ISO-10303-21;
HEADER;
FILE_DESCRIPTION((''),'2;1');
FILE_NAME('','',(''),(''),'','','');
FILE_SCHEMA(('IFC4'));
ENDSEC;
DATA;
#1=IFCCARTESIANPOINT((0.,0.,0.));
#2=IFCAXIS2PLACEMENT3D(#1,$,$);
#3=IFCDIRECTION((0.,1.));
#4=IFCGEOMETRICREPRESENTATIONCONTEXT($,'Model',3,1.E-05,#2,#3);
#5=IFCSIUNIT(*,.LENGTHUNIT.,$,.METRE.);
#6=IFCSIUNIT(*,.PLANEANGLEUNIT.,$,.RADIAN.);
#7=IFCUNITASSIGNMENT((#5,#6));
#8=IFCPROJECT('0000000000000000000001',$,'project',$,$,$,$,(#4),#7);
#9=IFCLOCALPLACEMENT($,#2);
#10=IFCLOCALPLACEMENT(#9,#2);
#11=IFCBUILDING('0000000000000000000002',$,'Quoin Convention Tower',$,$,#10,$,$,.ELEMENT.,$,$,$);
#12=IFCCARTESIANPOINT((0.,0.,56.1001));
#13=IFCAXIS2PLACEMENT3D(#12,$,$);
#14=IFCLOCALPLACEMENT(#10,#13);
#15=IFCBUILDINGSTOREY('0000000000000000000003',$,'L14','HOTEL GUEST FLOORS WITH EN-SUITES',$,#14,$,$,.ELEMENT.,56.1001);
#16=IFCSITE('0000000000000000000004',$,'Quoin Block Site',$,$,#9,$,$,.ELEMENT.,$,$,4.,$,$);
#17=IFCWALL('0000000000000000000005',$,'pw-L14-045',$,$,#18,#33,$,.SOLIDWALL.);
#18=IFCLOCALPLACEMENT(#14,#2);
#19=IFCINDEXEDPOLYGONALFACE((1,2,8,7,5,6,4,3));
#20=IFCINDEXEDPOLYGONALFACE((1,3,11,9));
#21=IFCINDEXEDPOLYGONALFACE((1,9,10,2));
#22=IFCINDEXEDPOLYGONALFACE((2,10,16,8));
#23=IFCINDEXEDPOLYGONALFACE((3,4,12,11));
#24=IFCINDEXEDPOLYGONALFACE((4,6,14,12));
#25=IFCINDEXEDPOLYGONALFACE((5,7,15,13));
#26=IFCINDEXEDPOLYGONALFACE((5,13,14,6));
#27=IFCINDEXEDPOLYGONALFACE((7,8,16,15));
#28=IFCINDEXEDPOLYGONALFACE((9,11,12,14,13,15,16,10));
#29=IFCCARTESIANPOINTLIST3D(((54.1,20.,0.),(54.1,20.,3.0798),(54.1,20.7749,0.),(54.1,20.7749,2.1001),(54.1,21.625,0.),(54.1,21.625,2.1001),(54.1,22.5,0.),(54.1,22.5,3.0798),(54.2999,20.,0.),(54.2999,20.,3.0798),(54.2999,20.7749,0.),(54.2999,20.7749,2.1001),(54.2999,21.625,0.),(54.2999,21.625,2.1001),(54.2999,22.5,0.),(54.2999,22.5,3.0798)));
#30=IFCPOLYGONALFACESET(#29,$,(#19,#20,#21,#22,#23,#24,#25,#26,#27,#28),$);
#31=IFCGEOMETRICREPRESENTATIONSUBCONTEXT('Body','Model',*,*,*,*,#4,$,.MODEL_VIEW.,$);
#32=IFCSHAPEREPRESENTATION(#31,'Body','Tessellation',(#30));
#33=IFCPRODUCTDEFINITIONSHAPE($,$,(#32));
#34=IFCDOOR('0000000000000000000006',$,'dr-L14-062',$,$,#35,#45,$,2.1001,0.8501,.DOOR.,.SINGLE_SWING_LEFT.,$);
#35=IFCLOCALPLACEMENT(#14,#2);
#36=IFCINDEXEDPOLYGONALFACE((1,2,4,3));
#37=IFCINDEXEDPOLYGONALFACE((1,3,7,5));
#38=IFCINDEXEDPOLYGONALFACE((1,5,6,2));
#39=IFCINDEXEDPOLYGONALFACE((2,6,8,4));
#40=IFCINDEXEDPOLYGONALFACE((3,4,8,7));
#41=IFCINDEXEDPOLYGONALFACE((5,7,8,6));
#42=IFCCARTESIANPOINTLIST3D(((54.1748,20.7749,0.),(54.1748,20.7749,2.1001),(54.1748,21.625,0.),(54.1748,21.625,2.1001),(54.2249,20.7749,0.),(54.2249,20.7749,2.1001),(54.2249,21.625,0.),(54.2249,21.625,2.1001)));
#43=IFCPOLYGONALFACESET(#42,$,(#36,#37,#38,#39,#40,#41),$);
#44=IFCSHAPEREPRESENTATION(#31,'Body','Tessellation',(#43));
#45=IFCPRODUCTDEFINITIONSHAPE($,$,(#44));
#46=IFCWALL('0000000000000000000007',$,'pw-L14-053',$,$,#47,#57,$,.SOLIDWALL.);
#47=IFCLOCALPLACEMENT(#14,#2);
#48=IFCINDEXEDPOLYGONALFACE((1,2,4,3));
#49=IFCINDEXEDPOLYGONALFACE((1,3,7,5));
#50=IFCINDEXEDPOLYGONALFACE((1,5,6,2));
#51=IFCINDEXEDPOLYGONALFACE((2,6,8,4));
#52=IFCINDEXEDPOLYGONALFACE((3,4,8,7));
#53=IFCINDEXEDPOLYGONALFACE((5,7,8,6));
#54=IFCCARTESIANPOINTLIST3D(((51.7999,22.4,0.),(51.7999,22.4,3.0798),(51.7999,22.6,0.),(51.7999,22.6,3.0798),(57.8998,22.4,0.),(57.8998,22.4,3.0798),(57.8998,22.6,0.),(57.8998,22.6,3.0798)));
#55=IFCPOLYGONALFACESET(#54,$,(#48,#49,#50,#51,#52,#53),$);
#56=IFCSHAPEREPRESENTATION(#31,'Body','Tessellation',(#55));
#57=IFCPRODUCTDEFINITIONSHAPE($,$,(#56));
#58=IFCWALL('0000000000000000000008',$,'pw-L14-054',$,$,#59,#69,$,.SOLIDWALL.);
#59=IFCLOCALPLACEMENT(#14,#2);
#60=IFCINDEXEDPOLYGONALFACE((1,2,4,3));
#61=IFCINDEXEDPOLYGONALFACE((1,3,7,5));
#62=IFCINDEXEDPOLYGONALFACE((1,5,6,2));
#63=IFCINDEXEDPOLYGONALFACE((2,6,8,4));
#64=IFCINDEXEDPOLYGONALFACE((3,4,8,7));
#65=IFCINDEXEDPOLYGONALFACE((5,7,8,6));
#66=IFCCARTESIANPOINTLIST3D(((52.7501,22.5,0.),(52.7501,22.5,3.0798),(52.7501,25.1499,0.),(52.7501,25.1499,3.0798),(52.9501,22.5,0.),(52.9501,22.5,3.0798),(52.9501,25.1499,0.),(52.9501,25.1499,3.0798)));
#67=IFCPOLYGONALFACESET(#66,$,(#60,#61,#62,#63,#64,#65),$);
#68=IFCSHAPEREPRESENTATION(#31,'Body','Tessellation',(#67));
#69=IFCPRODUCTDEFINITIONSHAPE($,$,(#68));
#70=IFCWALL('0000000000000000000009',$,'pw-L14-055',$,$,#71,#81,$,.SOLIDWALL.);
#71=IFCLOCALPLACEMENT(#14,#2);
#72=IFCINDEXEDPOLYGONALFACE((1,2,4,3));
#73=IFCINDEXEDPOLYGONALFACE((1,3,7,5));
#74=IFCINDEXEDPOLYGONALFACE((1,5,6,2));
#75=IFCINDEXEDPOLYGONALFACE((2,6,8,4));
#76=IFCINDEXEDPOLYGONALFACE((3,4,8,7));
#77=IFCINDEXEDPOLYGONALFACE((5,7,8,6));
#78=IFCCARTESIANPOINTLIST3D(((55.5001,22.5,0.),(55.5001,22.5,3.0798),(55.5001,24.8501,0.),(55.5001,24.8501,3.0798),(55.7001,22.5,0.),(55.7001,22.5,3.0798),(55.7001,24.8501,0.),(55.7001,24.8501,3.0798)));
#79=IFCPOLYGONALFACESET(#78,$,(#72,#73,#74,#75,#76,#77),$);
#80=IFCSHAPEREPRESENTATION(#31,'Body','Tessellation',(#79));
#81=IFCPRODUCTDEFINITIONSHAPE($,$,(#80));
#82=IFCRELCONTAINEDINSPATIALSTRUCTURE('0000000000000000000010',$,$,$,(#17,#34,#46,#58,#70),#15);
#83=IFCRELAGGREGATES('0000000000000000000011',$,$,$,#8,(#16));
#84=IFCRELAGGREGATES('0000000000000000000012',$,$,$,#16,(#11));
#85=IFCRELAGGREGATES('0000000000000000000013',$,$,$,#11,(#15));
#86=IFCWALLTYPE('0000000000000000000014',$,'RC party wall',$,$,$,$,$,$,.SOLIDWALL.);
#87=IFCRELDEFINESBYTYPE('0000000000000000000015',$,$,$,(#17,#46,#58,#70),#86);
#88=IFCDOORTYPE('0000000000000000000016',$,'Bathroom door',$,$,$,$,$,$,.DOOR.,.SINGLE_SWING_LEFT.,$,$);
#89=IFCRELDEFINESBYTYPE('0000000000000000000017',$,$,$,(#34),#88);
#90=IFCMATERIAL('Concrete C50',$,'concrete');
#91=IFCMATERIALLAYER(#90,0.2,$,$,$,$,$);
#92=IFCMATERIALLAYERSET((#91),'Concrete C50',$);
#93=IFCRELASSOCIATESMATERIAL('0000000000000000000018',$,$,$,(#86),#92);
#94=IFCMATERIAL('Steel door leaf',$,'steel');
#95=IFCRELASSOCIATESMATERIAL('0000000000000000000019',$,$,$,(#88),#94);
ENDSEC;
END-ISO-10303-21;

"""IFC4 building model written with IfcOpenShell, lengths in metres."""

from ifc_helpers import new_model, si_unit, direction, frame, frame_2d, origin, place, context, subcontext, project, spatial, rectangle, extrude, material, layer, layer_set, type_object, element, fill, save


model = new_model("IFC4")

# Units and contexts
model_context = context("Model", 3, precision=1e-05, world=origin(), true_north=direction((0.0, 1.0)))
body_context = subcontext(model_context, "Body", "Model", "MODEL_VIEW")
ifc_project = project(units=[si_unit("LENGTHUNIT", "METRE"), si_unit("PLANEANGLEUNIT", "RADIAN")], contexts=[model_context])

# Site, building, storey
site_placement = place(None, origin())
site = spatial("IfcSite", under=ifc_project, at=site_placement, Name="Quoin Block Site", CompositionType="ELEMENT", RefElevation=4.0)
building_placement = place(site_placement, origin())
building = spatial("IfcBuilding", under=site, at=building_placement, Name="Quoin Convention Tower", CompositionType="ELEMENT")
storey_placement = place(building_placement, frame((0.0, 0.0, 56.1001)))
storey = spatial("IfcBuildingStorey", under=building, at=storey_placement, Name="L14", Description="HOTEL GUEST FLOORS WITH EN-SUITES", CompositionType="ELEMENT", Elevation=56.1001)

# Shared definitions
ifc_material_1 = material(Name="Concrete C50", Category="concrete")
ifc_layer_1 = layer(ifc_material_1, 0.2)
ifc_layer_set_1 = layer_set([ifc_layer_1], Name="Concrete C50")
wall_type_1 = type_object("IfcWallType", Name="RC party wall", PredefinedType="SOLIDWALL", material=ifc_layer_set_1)

# Wall, opening, door
wall_1_placement = place(storey_placement, frame((54.2, 20.0, 0.0), z_axis=(0.0, 0.0, 1.0), x_axis=(0.0, 1.0, 0.0)))
wall_1 = element("IfcWall", 1, at=wall_1_placement, inside=storey, type_object=wall_type_1, Name="pw-L14-045", PredefinedType="SOLIDWALL", context=body_context, shape_type="SweptSolid", body=[
    extrude(rectangle(XDim=2.5, YDim=0.2, at=frame_2d((1.25, 0.0))), origin(), (0.0, 0.0, 1.0), 3.0798),
])
opening_1_placement = place(wall_1_placement, frame((0.7749, 0.0, 0.0)))
opening_1 = element("IfcOpeningElement", 2, at=opening_1_placement, cuts=wall_1, PredefinedType="OPENING", context=body_context, shape_type="SweptSolid", body=[
    extrude(rectangle(XDim=0.8501, YDim=2.1001, at=frame_2d((0.425, 1.05))), frame((0.0, 0.1099, 0.0), z_axis=(0.0, -1.0, 0.0), x_axis=(1.0, 0.0, 0.0)), (0.0, 0.0, 1.0), 0.22),
])
ifc_material_2 = material(Name="Steel door leaf", Category="steel")
door_type = type_object("IfcDoorType", Name="Bathroom door", OperationType="SINGLE_SWING_LEFT", PredefinedType="DOOR", material=ifc_material_2)
door_placement = place(opening_1_placement, frame((0.8501, 0.0, 0.0), z_axis=(0.0, 0.0, 1.0), x_axis=(-1.0, 0.0, 0.0)))
door = element("IfcDoor", 3, at=door_placement, inside=storey, type_object=door_type, Name="dr-L14-062", OperationType="SINGLE_SWING_LEFT", OverallHeight=2.1001, OverallWidth=0.8501, PredefinedType="DOOR", context=body_context, shape_type="SweptSolid", body=[
    extrude(rectangle(XDim=0.8501, YDim=2.1001, at=frame_2d((0.425, 1.05))), frame((0.0, 0.0249, 0.0), z_axis=(0.0, -1.0, 0.0), x_axis=(1.0, 0.0, 0.0)), (0.0, 0.0, 1.0), 0.05),
])
fill(opening_1, door)

# Walls
wall_2_placement = place(storey_placement, frame((51.8, 22.5, 0.0), z_axis=(0.0, 0.0, 1.0), x_axis=(1.0, 0.0, 0.0)))
element("IfcWall", 4, at=wall_2_placement, inside=storey, type_object=wall_type_1, Name="pw-L14-053", PredefinedType="SOLIDWALL", context=body_context, shape_type="SweptSolid", body=[
    extrude(rectangle(XDim=6.0999, YDim=0.2, at=frame_2d((3.0498, 0.0))), origin(), (0.0, 0.0, 1.0), 3.0798),
])
wall_3_placement = place(storey_placement, frame((52.8501, 22.5, 0.0), z_axis=(0.0, 0.0, 1.0), x_axis=(0.0, 1.0, 0.0)))
element("IfcWall", 5, at=wall_3_placement, inside=storey, type_object=wall_type_1, Name="pw-L14-054", PredefinedType="SOLIDWALL", context=body_context, shape_type="SweptSolid", body=[
    extrude(rectangle(XDim=2.6499, YDim=0.2, at=frame_2d((1.325, 0.0))), origin(), (0.0, 0.0, 1.0), 3.0798),
])
wall_4_placement = place(storey_placement, frame((55.6001, 22.5, 0.0), z_axis=(0.0, 0.0, 1.0), x_axis=(0.0, 1.0, 0.0)))
element("IfcWall", 6, at=wall_4_placement, inside=storey, type_object=wall_type_1, Name="pw-L14-055", PredefinedType="SOLIDWALL", context=body_context, shape_type="SweptSolid", body=[
    extrude(rectangle(XDim=2.3501, YDim=0.2, at=frame_2d((1.175, 0.0))), origin(), (0.0, 0.0, 1.0), 3.0798),
])

save(model, "model.ifc")
